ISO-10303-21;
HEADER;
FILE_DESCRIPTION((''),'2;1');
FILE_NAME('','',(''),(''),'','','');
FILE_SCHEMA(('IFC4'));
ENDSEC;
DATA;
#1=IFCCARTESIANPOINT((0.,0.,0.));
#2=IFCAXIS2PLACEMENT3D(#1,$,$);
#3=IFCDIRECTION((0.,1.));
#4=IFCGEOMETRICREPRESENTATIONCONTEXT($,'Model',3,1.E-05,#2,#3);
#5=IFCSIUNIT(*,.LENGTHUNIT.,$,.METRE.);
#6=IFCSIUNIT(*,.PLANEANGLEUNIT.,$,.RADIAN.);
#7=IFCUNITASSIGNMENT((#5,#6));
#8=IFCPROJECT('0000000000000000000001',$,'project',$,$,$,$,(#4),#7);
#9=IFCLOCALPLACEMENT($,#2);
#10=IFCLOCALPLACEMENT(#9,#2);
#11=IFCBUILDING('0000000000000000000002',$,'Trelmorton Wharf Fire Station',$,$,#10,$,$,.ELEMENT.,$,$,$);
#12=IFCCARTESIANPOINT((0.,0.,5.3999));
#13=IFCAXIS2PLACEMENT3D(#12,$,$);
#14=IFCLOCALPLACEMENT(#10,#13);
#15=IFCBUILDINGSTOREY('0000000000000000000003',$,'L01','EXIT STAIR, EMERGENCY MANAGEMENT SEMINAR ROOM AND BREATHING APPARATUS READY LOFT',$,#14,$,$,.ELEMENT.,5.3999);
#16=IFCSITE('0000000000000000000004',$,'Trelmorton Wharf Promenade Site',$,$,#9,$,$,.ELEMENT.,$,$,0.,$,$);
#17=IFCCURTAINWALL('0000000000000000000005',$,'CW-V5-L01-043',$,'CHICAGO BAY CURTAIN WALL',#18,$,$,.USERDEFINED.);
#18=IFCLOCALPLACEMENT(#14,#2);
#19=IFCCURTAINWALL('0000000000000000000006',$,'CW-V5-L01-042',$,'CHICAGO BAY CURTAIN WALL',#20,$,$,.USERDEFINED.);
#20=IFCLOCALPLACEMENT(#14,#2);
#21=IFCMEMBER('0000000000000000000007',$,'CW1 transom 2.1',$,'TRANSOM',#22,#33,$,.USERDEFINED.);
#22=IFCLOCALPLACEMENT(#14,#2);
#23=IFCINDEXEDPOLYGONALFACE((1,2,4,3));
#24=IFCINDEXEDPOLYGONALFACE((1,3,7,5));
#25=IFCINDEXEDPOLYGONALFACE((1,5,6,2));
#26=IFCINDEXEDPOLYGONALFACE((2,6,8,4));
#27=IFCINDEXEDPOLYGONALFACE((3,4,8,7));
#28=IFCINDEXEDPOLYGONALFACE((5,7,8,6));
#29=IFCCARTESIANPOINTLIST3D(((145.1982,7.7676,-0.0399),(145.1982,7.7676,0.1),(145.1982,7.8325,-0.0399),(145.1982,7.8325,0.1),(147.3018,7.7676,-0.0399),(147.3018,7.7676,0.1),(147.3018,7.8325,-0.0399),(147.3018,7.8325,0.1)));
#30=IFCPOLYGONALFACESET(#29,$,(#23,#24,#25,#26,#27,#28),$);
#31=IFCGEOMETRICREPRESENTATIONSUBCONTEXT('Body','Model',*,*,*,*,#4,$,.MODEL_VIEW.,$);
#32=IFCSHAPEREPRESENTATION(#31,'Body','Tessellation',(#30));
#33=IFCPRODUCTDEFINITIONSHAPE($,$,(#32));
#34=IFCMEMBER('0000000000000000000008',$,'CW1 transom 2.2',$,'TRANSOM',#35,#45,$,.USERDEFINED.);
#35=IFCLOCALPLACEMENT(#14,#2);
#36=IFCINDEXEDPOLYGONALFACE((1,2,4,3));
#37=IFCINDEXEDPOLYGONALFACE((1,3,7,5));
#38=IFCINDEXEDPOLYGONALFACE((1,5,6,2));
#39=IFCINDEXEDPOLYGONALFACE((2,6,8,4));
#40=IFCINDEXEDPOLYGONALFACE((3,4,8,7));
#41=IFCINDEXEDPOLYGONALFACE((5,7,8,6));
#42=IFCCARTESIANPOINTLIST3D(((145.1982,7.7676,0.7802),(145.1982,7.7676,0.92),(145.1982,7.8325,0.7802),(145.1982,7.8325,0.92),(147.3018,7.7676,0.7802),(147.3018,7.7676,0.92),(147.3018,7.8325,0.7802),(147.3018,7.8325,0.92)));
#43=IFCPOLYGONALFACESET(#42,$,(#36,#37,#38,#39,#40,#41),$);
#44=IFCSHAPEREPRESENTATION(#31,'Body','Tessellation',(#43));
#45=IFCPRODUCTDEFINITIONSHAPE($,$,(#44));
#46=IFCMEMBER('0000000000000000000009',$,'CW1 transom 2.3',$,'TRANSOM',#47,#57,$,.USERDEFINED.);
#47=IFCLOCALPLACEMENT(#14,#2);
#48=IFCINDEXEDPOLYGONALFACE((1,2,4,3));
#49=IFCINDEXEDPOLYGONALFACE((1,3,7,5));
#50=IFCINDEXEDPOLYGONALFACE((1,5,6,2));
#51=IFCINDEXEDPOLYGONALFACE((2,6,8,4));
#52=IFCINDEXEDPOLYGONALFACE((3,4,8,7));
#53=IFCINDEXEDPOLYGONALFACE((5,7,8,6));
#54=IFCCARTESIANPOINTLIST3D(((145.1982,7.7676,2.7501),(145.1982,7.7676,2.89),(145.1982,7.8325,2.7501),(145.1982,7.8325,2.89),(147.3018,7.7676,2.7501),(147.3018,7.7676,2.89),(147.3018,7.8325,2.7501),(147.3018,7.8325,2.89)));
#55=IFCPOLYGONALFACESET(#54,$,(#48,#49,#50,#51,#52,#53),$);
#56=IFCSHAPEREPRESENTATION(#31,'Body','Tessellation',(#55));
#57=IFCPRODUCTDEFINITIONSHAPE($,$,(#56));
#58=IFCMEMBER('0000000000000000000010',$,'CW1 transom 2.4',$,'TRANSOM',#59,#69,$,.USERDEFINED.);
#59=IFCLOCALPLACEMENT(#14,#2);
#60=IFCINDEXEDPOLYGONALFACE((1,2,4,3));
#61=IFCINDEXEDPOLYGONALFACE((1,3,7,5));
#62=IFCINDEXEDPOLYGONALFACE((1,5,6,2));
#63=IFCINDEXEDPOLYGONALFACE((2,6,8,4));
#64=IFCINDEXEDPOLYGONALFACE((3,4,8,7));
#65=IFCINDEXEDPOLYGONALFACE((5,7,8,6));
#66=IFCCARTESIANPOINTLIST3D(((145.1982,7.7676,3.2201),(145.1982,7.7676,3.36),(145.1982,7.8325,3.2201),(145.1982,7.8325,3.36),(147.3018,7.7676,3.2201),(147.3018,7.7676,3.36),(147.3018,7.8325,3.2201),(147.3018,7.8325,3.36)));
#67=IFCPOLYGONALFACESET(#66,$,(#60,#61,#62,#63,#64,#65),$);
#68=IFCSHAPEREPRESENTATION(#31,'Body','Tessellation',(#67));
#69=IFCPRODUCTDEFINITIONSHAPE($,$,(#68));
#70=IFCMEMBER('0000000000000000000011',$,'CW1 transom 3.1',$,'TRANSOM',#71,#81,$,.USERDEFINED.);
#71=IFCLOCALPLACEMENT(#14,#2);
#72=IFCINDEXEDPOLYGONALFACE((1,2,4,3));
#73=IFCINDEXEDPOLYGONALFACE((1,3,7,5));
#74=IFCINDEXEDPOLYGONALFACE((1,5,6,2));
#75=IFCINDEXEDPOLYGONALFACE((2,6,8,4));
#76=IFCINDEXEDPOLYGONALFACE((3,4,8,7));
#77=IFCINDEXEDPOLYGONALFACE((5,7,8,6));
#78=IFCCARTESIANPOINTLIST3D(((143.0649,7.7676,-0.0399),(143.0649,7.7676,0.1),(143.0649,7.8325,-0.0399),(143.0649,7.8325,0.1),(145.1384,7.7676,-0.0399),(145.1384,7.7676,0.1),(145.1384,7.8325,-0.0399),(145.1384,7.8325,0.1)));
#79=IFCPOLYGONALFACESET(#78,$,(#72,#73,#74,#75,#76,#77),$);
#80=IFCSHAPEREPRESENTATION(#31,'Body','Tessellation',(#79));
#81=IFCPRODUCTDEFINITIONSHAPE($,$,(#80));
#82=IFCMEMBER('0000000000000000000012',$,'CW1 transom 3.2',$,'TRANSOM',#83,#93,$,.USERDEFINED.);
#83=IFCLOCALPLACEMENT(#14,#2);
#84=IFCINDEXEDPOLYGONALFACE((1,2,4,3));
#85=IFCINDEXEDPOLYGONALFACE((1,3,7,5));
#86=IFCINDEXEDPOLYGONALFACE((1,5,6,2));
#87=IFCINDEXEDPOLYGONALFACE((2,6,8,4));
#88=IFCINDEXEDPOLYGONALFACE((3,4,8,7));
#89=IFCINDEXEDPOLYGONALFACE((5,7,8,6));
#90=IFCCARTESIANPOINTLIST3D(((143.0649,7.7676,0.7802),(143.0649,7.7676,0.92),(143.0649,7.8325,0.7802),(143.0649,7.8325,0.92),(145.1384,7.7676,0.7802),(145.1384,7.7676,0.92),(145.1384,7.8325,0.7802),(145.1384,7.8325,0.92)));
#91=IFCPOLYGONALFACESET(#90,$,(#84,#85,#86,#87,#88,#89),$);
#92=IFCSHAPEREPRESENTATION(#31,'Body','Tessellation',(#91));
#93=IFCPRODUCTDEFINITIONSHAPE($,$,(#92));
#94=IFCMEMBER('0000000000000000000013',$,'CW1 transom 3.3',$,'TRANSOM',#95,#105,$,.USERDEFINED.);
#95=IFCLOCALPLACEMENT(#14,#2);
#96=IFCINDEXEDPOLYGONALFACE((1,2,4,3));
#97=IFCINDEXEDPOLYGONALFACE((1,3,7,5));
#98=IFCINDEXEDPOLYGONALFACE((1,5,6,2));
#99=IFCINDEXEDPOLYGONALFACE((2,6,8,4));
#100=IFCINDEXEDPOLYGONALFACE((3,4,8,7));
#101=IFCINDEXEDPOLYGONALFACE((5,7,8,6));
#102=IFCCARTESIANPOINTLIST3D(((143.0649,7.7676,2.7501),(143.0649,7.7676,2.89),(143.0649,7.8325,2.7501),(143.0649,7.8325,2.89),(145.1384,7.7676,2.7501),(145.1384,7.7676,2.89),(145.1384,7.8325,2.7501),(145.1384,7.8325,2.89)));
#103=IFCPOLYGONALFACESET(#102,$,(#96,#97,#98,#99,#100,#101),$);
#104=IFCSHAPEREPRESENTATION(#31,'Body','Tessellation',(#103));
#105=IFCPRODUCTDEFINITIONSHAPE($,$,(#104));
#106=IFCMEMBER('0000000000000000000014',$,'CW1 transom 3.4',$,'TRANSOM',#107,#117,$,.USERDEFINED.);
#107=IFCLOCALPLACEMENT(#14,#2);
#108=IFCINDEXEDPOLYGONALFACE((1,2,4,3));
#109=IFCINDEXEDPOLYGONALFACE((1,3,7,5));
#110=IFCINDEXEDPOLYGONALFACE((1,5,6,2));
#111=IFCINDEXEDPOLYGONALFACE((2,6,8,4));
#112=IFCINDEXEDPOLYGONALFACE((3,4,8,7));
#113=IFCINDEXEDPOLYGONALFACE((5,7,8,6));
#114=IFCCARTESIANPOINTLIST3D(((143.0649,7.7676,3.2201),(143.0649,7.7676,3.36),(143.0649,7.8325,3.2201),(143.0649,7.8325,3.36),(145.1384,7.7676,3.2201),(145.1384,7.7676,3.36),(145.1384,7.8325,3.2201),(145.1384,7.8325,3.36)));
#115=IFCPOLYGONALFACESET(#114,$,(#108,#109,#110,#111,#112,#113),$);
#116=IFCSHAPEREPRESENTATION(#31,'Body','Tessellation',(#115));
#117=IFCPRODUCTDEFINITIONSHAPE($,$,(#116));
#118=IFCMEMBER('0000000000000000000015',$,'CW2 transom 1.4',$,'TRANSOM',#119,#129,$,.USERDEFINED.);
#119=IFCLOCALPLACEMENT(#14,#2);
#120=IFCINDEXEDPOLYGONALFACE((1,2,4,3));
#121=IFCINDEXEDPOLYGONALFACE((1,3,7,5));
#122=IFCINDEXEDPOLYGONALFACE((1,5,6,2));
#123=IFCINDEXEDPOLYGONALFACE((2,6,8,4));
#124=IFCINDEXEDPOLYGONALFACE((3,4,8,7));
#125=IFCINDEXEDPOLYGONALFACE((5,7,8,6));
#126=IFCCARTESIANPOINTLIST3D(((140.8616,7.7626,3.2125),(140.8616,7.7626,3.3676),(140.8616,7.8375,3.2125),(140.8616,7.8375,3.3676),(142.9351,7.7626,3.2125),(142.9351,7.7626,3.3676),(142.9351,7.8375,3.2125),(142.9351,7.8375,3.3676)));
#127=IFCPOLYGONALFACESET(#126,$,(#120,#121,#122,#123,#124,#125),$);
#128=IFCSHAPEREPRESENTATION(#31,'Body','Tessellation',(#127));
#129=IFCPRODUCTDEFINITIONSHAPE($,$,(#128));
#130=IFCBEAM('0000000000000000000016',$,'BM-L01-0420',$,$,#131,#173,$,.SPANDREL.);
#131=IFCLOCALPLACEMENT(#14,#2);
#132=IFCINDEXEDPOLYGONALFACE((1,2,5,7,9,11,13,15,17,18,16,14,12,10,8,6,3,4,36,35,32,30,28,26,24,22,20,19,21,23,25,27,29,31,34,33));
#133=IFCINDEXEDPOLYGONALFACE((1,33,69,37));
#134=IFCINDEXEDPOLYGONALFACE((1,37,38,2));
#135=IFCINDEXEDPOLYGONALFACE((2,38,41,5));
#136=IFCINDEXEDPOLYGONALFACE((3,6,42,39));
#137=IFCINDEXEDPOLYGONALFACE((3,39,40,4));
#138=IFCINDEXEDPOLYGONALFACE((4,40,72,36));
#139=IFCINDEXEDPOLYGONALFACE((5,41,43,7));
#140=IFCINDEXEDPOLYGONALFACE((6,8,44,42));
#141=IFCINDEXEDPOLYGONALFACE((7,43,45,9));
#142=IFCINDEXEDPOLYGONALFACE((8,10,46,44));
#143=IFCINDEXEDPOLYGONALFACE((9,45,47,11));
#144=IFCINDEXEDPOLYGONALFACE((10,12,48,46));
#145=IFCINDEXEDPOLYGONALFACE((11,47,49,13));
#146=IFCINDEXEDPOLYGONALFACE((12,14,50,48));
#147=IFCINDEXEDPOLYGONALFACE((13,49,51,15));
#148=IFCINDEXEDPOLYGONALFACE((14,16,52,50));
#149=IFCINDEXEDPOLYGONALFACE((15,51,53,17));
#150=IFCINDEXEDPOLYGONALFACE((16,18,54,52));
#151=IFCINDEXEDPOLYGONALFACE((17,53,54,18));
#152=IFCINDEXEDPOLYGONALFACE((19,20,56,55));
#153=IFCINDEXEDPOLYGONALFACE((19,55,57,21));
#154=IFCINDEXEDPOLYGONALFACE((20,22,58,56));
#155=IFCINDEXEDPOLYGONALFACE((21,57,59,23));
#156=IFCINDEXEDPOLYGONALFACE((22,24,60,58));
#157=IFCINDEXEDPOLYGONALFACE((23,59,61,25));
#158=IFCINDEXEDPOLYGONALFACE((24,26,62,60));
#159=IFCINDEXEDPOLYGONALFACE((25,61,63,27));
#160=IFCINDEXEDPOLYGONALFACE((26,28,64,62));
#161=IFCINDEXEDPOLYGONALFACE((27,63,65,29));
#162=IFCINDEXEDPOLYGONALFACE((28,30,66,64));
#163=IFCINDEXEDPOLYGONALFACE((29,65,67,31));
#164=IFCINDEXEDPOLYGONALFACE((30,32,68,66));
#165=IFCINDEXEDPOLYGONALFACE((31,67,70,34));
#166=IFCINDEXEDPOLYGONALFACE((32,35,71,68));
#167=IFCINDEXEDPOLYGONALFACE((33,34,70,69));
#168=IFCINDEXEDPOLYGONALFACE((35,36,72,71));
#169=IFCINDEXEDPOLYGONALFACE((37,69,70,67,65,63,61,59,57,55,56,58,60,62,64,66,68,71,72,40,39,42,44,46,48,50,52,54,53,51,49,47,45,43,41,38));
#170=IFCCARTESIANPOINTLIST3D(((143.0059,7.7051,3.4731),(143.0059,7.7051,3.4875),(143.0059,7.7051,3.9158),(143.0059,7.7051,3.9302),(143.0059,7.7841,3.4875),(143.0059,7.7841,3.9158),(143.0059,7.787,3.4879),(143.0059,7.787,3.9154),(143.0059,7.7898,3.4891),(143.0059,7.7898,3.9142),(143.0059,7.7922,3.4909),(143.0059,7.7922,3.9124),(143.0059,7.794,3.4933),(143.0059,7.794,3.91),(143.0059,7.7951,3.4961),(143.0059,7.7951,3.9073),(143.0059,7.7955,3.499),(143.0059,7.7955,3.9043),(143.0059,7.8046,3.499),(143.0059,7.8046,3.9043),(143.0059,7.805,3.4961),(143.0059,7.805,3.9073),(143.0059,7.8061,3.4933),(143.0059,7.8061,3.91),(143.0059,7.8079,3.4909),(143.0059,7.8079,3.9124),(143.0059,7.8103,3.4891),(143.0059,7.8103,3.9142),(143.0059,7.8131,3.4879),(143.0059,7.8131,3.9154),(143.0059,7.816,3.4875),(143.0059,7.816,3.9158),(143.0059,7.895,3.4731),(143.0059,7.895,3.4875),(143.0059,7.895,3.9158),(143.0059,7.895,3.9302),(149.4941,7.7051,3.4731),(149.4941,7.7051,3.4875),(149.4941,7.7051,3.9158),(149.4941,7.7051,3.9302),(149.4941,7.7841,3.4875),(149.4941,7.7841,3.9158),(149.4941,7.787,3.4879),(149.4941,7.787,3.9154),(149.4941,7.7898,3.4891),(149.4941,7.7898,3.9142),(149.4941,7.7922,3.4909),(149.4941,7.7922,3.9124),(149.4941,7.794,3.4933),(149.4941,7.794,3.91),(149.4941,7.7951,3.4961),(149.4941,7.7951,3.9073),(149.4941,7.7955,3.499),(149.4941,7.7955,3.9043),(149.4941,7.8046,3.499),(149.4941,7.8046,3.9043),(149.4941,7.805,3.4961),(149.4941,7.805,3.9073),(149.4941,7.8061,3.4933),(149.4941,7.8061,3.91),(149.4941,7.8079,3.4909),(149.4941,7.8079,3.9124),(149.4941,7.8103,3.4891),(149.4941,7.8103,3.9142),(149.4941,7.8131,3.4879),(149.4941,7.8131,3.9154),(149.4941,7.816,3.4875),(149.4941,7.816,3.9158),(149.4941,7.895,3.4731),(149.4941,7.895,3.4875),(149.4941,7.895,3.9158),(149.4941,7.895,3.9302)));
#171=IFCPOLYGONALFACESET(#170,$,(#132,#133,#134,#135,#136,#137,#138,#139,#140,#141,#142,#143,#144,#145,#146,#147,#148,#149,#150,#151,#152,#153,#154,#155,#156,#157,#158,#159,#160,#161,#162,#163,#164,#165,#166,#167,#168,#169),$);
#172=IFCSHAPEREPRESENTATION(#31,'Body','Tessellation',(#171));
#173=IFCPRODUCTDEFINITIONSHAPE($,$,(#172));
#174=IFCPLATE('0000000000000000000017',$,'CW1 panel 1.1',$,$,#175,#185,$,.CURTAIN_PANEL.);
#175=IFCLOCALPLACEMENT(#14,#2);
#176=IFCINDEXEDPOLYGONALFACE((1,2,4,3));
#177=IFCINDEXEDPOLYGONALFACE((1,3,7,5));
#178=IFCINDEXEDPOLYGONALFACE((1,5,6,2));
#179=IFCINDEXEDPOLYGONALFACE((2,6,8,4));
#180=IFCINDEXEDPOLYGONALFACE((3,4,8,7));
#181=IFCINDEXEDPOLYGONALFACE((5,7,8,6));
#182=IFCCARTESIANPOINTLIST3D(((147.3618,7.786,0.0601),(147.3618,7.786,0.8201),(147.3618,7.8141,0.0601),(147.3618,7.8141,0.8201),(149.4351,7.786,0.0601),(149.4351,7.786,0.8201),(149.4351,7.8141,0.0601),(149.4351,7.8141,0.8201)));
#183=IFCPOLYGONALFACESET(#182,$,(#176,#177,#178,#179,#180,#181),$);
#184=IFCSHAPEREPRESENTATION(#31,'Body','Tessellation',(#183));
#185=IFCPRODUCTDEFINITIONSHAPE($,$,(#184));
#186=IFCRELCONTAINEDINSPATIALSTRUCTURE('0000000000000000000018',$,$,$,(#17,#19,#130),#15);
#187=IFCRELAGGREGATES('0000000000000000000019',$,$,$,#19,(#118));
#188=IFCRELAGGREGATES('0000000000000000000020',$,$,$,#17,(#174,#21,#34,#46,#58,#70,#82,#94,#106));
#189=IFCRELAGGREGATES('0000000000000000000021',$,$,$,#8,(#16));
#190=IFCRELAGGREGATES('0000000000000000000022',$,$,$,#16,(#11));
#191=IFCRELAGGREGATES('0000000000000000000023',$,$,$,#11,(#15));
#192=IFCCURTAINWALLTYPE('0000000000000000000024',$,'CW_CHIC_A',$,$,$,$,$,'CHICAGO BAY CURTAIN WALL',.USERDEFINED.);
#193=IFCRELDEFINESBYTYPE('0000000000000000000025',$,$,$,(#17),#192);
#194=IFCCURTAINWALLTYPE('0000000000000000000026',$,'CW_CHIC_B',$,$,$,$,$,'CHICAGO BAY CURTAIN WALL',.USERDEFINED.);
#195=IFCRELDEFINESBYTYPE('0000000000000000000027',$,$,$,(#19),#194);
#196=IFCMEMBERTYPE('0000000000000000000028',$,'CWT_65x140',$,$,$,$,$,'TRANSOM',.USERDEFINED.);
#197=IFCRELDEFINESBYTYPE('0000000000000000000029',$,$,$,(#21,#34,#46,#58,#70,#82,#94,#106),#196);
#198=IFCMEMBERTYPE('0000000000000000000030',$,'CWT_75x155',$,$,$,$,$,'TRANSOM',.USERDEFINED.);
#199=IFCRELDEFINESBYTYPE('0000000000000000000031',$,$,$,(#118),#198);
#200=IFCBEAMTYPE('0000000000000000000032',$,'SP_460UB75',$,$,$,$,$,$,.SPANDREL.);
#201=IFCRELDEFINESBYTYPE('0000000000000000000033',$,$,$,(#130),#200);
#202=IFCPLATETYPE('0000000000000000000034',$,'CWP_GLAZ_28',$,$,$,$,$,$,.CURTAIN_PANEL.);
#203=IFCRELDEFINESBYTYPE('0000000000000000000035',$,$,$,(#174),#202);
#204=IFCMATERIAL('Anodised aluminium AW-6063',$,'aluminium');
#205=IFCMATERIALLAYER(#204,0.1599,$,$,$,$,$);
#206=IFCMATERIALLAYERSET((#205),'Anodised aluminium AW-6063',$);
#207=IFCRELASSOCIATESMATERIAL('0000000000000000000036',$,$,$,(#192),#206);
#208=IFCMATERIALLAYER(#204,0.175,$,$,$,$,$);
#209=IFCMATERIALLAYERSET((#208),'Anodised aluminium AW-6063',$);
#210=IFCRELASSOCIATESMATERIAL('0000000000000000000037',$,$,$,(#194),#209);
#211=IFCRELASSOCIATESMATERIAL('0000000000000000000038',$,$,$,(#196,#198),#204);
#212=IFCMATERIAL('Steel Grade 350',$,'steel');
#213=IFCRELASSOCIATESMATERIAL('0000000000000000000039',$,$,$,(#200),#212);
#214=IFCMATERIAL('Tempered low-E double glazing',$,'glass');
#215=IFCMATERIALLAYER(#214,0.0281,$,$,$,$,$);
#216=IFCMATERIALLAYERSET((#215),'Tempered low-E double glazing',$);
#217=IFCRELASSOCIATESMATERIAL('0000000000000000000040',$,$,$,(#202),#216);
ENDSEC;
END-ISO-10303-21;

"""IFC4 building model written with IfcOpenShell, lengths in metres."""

from ifc_helpers import new_model, si_unit, direction, frame, origin, origin_2d, place, context, subcontext, project, spatial, rectangle, i_section, extrude, material, layer, layer_set, material_profile, profile_set, type_object, element, aggregate, save


model = new_model("IFC4")

# Units and contexts
model_context = context("Model", 3, precision=1e-05, world=origin(), true_north=direction((0.0, 1.0)))
body_context = subcontext(model_context, "Body", "Model", "MODEL_VIEW")
ifc_project = project(units=[si_unit("LENGTHUNIT", "METRE"), si_unit("PLANEANGLEUNIT", "RADIAN")], contexts=[model_context])

# Site, building, storey
site_placement = place(None, origin())
site = spatial("IfcSite", under=ifc_project, at=site_placement, Name="Trelmorton Wharf Promenade Site", CompositionType="ELEMENT", RefElevation=0.0)
building_placement = place(site_placement, origin())
building = spatial("IfcBuilding", under=site, at=building_placement, Name="Trelmorton Wharf Fire Station", CompositionType="ELEMENT")
storey_placement = place(building_placement, frame((0.0, 0.0, 5.3999)))
storey = spatial("IfcBuildingStorey", under=building, at=storey_placement, Name="L01", Description="EXIT STAIR, EMERGENCY MANAGEMENT SEMINAR ROOM AND BREATHING APPARATUS READY LOFT", CompositionType="ELEMENT", Elevation=5.3999)

# Shared definitions
ifc_material_1 = material(Name="Steel Grade 350", Category="steel")

# Curtain wall
ifc_material_2 = material(Name="Anodised aluminium AW-6063", Category="aluminium")
ifc_layer_1 = layer(ifc_material_2, 0.1599)
ifc_layer_set_1 = layer_set([ifc_layer_1], Name="Anodised aluminium AW-6063")
curtain_wall_type_1 = type_object("IfcCurtainWallType", Name="CW_CHIC_A", ElementType="CHICAGO BAY CURTAIN WALL", PredefinedType="USERDEFINED", material=ifc_layer_set_1)
curtain_wall_1_placement = place(storey_placement, origin())
curtain_wall_1 = element("IfcCurtainWall", 1, at=curtain_wall_1_placement, inside=storey, type_object=curtain_wall_type_1, Name="CW-V5-L01-043", ObjectType="CHICAGO BAY CURTAIN WALL", PredefinedType="USERDEFINED")

# Curtain wall
ifc_layer_2 = layer(ifc_material_2, 0.175)
ifc_layer_set_2 = layer_set([ifc_layer_2], Name="Anodised aluminium AW-6063")
curtain_wall_type_2 = type_object("IfcCurtainWallType", Name="CW_CHIC_B", ElementType="CHICAGO BAY CURTAIN WALL", PredefinedType="USERDEFINED", material=ifc_layer_set_2)
curtain_wall_2_placement = place(storey_placement, origin())
curtain_wall_2 = element("IfcCurtainWall", 2, at=curtain_wall_2_placement, inside=storey, type_object=curtain_wall_type_2, Name="CW-V5-L01-042", ObjectType="CHICAGO BAY CURTAIN WALL", PredefinedType="USERDEFINED")

# Members
ifc_material_profile_1 = material_profile(ifc_material_2, rectangle(XDim=0.0649, YDim=0.1399, at=origin_2d()), Name="ALU-65x140")
ifc_profile_set_1 = profile_set([ifc_material_profile_1], Name="Anodised aluminium AW-6063")
member_type_1 = type_object("IfcMemberType", Name="CWT_65x140", ElementType="TRANSOM", PredefinedType="USERDEFINED", material=ifc_profile_set_1)
member_1_placement = place(storey_placement, frame((147.3018, 7.8, 0.03), z_axis=(-1.0, 0.0, 0.0), x_axis=(0.0, -1.0, 0.0)))
member_1 = element("IfcMember", 3, at=member_1_placement, type_object=member_type_1, Name="CW1 transom 2.1", ObjectType="TRANSOM", PredefinedType="USERDEFINED", context=body_context, shape_type="SweptSolid", body=[
    extrude(rectangle(XDim=0.0649, YDim=0.1399, at=origin_2d()), origin(), (0.0, 0.0, 1.0), 2.1035),
])
member_2_placement = place(storey_placement, frame((147.3018, 7.8, 0.8501), z_axis=(-1.0, 0.0, 0.0), x_axis=(0.0, -1.0, 0.0)))
member_2 = element("IfcMember", 4, at=member_2_placement, type_object=member_type_1, Name="CW1 transom 2.2", ObjectType="TRANSOM", PredefinedType="USERDEFINED", context=body_context, shape_type="SweptSolid", body=[
    extrude(rectangle(XDim=0.0649, YDim=0.1399, at=origin_2d()), origin(), (0.0, 0.0, 1.0), 2.1035),
])
member_3_placement = place(storey_placement, frame((147.3018, 7.8, 2.8201), z_axis=(-1.0, 0.0, 0.0), x_axis=(0.0, -1.0, 0.0)))
member_3 = element("IfcMember", 5, at=member_3_placement, type_object=member_type_1, Name="CW1 transom 2.3", ObjectType="TRANSOM", PredefinedType="USERDEFINED", context=body_context, shape_type="SweptSolid", body=[
    extrude(rectangle(XDim=0.0649, YDim=0.1399, at=origin_2d()), origin(), (0.0, 0.0, 1.0), 2.1035),
])
member_4_placement = place(storey_placement, frame((147.3018, 7.8, 3.29), z_axis=(-1.0, 0.0, 0.0), x_axis=(0.0, -1.0, 0.0)))
member_4 = element("IfcMember", 6, at=member_4_placement, type_object=member_type_1, Name="CW1 transom 2.4", ObjectType="TRANSOM", PredefinedType="USERDEFINED", context=body_context, shape_type="SweptSolid", body=[
    extrude(rectangle(XDim=0.0649, YDim=0.1399, at=origin_2d()), origin(), (0.0, 0.0, 1.0), 2.1035),
])
member_5_placement = place(storey_placement, frame((145.1384, 7.8, 0.03), z_axis=(-1.0, 0.0, 0.0), x_axis=(0.0, -1.0, 0.0)))
member_5 = element("IfcMember", 7, at=member_5_placement, type_object=member_type_1, Name="CW1 transom 3.1", ObjectType="TRANSOM", PredefinedType="USERDEFINED", context=body_context, shape_type="SweptSolid", body=[
    extrude(rectangle(XDim=0.0649, YDim=0.1399, at=origin_2d()), origin(), (0.0, 0.0, 1.0), 2.0735),
])
member_6_placement = place(storey_placement, frame((145.1384, 7.8, 0.8501), z_axis=(-1.0, 0.0, 0.0), x_axis=(0.0, -1.0, 0.0)))
member_6 = element("IfcMember", 8, at=member_6_placement, type_object=member_type_1, Name="CW1 transom 3.2", ObjectType="TRANSOM", PredefinedType="USERDEFINED", context=body_context, shape_type="SweptSolid", body=[
    extrude(rectangle(XDim=0.0649, YDim=0.1399, at=origin_2d()), origin(), (0.0, 0.0, 1.0), 2.0735),
])
member_7_placement = place(storey_placement, frame((145.1384, 7.8, 2.8201), z_axis=(-1.0, 0.0, 0.0), x_axis=(0.0, -1.0, 0.0)))
member_7 = element("IfcMember", 9, at=member_7_placement, type_object=member_type_1, Name="CW1 transom 3.3", ObjectType="TRANSOM", PredefinedType="USERDEFINED", context=body_context, shape_type="SweptSolid", body=[
    extrude(rectangle(XDim=0.0649, YDim=0.1399, at=origin_2d()), origin(), (0.0, 0.0, 1.0), 2.0735),
])
member_8_placement = place(storey_placement, frame((145.1384, 7.8, 3.29), z_axis=(-1.0, 0.0, 0.0), x_axis=(0.0, -1.0, 0.0)))
member_8 = element("IfcMember", 10, at=member_8_placement, type_object=member_type_1, Name="CW1 transom 3.4", ObjectType="TRANSOM", PredefinedType="USERDEFINED", context=body_context, shape_type="SweptSolid", body=[
    extrude(rectangle(XDim=0.0649, YDim=0.1399, at=origin_2d()), origin(), (0.0, 0.0, 1.0), 2.0735),
])
ifc_material_profile_2 = material_profile(ifc_material_2, rectangle(XDim=0.075, YDim=0.155, at=origin_2d()), Name="ALU-75x155")
ifc_profile_set_2 = profile_set([ifc_material_profile_2], Name="Anodised aluminium AW-6063")
member_type_2 = type_object("IfcMemberType", Name="CWT_75x155", ElementType="TRANSOM", PredefinedType="USERDEFINED", material=ifc_profile_set_2)
member_9_placement = place(storey_placement, frame((142.9351, 7.8, 3.29), z_axis=(-1.0, 0.0, 0.0), x_axis=(0.0, -1.0, 0.0)))
member_9 = element("IfcMember", 11, at=member_9_placement, type_object=member_type_2, Name="CW2 transom 1.4", ObjectType="TRANSOM", PredefinedType="USERDEFINED", context=body_context, shape_type="SweptSolid", body=[
    extrude(rectangle(XDim=0.075, YDim=0.155, at=origin_2d()), origin(), (0.0, 0.0, 1.0), 2.0735),
])
aggregate(curtain_wall_2, [member_9])

# Beam
ifc_material_profile_3 = material_profile(ifc_material_1, i_section(OverallWidth=0.1899, OverallDepth=0.457, WebThickness=0.009, FlangeThickness=0.0144, FilletRadius=0.0115, at=origin_2d()), Name="460UB74.6")
ifc_profile_set_3 = profile_set([ifc_material_profile_3], Name="Steel Grade 350")
beam_type = type_object("IfcBeamType", Name="SP_460UB75", PredefinedType="SPANDREL", material=ifc_profile_set_3)
beam_placement = place(storey_placement, frame((143.0059, 7.8, 3.7017), z_axis=(1.0, 0.0, 0.0), x_axis=(0.0, 1.0, 0.0)))
element("IfcBeam", 12, at=beam_placement, inside=storey, type_object=beam_type, Name="BM-L01-0420", PredefinedType="SPANDREL", context=body_context, shape_type="SweptSolid", body=[
    extrude(i_section(OverallWidth=0.1899, OverallDepth=0.457, WebThickness=0.009, FlangeThickness=0.0144, FilletRadius=0.0115, at=origin_2d()), origin(), (0.0, 0.0, 1.0), 6.4883),
])

# Plate
ifc_material_3 = material(Name="Tempered low-E double glazing", Category="glass")
ifc_layer_3 = layer(ifc_material_3, 0.0281)
ifc_layer_set_3 = layer_set([ifc_layer_3], Name="Tempered low-E double glazing")
plate_type = type_object("IfcPlateType", Name="CWP_GLAZ_28", PredefinedType="CURTAIN_PANEL", material=ifc_layer_set_3)
plate_1_placement = place(storey_placement, frame((148.3984, 7.8, 0.0601), z_axis=(0.0, 0.0, 1.0), x_axis=(-1.0, 0.0, 0.0)))
plate_1 = element("IfcPlate", 13, at=plate_1_placement, type_object=plate_type, Name="CW1 panel 1.1", PredefinedType="CURTAIN_PANEL", context=body_context, shape_type="SweptSolid", body=[
    extrude(rectangle(XDim=2.0732, YDim=0.0281, at=origin_2d()), origin(), (0.0, 0.0, 1.0), 0.76),
])
aggregate(curtain_wall_1, [plate_1, member_1, member_2, member_3, member_4, member_5, member_6, member_7, member_8])

save(model, "model.ifc")
